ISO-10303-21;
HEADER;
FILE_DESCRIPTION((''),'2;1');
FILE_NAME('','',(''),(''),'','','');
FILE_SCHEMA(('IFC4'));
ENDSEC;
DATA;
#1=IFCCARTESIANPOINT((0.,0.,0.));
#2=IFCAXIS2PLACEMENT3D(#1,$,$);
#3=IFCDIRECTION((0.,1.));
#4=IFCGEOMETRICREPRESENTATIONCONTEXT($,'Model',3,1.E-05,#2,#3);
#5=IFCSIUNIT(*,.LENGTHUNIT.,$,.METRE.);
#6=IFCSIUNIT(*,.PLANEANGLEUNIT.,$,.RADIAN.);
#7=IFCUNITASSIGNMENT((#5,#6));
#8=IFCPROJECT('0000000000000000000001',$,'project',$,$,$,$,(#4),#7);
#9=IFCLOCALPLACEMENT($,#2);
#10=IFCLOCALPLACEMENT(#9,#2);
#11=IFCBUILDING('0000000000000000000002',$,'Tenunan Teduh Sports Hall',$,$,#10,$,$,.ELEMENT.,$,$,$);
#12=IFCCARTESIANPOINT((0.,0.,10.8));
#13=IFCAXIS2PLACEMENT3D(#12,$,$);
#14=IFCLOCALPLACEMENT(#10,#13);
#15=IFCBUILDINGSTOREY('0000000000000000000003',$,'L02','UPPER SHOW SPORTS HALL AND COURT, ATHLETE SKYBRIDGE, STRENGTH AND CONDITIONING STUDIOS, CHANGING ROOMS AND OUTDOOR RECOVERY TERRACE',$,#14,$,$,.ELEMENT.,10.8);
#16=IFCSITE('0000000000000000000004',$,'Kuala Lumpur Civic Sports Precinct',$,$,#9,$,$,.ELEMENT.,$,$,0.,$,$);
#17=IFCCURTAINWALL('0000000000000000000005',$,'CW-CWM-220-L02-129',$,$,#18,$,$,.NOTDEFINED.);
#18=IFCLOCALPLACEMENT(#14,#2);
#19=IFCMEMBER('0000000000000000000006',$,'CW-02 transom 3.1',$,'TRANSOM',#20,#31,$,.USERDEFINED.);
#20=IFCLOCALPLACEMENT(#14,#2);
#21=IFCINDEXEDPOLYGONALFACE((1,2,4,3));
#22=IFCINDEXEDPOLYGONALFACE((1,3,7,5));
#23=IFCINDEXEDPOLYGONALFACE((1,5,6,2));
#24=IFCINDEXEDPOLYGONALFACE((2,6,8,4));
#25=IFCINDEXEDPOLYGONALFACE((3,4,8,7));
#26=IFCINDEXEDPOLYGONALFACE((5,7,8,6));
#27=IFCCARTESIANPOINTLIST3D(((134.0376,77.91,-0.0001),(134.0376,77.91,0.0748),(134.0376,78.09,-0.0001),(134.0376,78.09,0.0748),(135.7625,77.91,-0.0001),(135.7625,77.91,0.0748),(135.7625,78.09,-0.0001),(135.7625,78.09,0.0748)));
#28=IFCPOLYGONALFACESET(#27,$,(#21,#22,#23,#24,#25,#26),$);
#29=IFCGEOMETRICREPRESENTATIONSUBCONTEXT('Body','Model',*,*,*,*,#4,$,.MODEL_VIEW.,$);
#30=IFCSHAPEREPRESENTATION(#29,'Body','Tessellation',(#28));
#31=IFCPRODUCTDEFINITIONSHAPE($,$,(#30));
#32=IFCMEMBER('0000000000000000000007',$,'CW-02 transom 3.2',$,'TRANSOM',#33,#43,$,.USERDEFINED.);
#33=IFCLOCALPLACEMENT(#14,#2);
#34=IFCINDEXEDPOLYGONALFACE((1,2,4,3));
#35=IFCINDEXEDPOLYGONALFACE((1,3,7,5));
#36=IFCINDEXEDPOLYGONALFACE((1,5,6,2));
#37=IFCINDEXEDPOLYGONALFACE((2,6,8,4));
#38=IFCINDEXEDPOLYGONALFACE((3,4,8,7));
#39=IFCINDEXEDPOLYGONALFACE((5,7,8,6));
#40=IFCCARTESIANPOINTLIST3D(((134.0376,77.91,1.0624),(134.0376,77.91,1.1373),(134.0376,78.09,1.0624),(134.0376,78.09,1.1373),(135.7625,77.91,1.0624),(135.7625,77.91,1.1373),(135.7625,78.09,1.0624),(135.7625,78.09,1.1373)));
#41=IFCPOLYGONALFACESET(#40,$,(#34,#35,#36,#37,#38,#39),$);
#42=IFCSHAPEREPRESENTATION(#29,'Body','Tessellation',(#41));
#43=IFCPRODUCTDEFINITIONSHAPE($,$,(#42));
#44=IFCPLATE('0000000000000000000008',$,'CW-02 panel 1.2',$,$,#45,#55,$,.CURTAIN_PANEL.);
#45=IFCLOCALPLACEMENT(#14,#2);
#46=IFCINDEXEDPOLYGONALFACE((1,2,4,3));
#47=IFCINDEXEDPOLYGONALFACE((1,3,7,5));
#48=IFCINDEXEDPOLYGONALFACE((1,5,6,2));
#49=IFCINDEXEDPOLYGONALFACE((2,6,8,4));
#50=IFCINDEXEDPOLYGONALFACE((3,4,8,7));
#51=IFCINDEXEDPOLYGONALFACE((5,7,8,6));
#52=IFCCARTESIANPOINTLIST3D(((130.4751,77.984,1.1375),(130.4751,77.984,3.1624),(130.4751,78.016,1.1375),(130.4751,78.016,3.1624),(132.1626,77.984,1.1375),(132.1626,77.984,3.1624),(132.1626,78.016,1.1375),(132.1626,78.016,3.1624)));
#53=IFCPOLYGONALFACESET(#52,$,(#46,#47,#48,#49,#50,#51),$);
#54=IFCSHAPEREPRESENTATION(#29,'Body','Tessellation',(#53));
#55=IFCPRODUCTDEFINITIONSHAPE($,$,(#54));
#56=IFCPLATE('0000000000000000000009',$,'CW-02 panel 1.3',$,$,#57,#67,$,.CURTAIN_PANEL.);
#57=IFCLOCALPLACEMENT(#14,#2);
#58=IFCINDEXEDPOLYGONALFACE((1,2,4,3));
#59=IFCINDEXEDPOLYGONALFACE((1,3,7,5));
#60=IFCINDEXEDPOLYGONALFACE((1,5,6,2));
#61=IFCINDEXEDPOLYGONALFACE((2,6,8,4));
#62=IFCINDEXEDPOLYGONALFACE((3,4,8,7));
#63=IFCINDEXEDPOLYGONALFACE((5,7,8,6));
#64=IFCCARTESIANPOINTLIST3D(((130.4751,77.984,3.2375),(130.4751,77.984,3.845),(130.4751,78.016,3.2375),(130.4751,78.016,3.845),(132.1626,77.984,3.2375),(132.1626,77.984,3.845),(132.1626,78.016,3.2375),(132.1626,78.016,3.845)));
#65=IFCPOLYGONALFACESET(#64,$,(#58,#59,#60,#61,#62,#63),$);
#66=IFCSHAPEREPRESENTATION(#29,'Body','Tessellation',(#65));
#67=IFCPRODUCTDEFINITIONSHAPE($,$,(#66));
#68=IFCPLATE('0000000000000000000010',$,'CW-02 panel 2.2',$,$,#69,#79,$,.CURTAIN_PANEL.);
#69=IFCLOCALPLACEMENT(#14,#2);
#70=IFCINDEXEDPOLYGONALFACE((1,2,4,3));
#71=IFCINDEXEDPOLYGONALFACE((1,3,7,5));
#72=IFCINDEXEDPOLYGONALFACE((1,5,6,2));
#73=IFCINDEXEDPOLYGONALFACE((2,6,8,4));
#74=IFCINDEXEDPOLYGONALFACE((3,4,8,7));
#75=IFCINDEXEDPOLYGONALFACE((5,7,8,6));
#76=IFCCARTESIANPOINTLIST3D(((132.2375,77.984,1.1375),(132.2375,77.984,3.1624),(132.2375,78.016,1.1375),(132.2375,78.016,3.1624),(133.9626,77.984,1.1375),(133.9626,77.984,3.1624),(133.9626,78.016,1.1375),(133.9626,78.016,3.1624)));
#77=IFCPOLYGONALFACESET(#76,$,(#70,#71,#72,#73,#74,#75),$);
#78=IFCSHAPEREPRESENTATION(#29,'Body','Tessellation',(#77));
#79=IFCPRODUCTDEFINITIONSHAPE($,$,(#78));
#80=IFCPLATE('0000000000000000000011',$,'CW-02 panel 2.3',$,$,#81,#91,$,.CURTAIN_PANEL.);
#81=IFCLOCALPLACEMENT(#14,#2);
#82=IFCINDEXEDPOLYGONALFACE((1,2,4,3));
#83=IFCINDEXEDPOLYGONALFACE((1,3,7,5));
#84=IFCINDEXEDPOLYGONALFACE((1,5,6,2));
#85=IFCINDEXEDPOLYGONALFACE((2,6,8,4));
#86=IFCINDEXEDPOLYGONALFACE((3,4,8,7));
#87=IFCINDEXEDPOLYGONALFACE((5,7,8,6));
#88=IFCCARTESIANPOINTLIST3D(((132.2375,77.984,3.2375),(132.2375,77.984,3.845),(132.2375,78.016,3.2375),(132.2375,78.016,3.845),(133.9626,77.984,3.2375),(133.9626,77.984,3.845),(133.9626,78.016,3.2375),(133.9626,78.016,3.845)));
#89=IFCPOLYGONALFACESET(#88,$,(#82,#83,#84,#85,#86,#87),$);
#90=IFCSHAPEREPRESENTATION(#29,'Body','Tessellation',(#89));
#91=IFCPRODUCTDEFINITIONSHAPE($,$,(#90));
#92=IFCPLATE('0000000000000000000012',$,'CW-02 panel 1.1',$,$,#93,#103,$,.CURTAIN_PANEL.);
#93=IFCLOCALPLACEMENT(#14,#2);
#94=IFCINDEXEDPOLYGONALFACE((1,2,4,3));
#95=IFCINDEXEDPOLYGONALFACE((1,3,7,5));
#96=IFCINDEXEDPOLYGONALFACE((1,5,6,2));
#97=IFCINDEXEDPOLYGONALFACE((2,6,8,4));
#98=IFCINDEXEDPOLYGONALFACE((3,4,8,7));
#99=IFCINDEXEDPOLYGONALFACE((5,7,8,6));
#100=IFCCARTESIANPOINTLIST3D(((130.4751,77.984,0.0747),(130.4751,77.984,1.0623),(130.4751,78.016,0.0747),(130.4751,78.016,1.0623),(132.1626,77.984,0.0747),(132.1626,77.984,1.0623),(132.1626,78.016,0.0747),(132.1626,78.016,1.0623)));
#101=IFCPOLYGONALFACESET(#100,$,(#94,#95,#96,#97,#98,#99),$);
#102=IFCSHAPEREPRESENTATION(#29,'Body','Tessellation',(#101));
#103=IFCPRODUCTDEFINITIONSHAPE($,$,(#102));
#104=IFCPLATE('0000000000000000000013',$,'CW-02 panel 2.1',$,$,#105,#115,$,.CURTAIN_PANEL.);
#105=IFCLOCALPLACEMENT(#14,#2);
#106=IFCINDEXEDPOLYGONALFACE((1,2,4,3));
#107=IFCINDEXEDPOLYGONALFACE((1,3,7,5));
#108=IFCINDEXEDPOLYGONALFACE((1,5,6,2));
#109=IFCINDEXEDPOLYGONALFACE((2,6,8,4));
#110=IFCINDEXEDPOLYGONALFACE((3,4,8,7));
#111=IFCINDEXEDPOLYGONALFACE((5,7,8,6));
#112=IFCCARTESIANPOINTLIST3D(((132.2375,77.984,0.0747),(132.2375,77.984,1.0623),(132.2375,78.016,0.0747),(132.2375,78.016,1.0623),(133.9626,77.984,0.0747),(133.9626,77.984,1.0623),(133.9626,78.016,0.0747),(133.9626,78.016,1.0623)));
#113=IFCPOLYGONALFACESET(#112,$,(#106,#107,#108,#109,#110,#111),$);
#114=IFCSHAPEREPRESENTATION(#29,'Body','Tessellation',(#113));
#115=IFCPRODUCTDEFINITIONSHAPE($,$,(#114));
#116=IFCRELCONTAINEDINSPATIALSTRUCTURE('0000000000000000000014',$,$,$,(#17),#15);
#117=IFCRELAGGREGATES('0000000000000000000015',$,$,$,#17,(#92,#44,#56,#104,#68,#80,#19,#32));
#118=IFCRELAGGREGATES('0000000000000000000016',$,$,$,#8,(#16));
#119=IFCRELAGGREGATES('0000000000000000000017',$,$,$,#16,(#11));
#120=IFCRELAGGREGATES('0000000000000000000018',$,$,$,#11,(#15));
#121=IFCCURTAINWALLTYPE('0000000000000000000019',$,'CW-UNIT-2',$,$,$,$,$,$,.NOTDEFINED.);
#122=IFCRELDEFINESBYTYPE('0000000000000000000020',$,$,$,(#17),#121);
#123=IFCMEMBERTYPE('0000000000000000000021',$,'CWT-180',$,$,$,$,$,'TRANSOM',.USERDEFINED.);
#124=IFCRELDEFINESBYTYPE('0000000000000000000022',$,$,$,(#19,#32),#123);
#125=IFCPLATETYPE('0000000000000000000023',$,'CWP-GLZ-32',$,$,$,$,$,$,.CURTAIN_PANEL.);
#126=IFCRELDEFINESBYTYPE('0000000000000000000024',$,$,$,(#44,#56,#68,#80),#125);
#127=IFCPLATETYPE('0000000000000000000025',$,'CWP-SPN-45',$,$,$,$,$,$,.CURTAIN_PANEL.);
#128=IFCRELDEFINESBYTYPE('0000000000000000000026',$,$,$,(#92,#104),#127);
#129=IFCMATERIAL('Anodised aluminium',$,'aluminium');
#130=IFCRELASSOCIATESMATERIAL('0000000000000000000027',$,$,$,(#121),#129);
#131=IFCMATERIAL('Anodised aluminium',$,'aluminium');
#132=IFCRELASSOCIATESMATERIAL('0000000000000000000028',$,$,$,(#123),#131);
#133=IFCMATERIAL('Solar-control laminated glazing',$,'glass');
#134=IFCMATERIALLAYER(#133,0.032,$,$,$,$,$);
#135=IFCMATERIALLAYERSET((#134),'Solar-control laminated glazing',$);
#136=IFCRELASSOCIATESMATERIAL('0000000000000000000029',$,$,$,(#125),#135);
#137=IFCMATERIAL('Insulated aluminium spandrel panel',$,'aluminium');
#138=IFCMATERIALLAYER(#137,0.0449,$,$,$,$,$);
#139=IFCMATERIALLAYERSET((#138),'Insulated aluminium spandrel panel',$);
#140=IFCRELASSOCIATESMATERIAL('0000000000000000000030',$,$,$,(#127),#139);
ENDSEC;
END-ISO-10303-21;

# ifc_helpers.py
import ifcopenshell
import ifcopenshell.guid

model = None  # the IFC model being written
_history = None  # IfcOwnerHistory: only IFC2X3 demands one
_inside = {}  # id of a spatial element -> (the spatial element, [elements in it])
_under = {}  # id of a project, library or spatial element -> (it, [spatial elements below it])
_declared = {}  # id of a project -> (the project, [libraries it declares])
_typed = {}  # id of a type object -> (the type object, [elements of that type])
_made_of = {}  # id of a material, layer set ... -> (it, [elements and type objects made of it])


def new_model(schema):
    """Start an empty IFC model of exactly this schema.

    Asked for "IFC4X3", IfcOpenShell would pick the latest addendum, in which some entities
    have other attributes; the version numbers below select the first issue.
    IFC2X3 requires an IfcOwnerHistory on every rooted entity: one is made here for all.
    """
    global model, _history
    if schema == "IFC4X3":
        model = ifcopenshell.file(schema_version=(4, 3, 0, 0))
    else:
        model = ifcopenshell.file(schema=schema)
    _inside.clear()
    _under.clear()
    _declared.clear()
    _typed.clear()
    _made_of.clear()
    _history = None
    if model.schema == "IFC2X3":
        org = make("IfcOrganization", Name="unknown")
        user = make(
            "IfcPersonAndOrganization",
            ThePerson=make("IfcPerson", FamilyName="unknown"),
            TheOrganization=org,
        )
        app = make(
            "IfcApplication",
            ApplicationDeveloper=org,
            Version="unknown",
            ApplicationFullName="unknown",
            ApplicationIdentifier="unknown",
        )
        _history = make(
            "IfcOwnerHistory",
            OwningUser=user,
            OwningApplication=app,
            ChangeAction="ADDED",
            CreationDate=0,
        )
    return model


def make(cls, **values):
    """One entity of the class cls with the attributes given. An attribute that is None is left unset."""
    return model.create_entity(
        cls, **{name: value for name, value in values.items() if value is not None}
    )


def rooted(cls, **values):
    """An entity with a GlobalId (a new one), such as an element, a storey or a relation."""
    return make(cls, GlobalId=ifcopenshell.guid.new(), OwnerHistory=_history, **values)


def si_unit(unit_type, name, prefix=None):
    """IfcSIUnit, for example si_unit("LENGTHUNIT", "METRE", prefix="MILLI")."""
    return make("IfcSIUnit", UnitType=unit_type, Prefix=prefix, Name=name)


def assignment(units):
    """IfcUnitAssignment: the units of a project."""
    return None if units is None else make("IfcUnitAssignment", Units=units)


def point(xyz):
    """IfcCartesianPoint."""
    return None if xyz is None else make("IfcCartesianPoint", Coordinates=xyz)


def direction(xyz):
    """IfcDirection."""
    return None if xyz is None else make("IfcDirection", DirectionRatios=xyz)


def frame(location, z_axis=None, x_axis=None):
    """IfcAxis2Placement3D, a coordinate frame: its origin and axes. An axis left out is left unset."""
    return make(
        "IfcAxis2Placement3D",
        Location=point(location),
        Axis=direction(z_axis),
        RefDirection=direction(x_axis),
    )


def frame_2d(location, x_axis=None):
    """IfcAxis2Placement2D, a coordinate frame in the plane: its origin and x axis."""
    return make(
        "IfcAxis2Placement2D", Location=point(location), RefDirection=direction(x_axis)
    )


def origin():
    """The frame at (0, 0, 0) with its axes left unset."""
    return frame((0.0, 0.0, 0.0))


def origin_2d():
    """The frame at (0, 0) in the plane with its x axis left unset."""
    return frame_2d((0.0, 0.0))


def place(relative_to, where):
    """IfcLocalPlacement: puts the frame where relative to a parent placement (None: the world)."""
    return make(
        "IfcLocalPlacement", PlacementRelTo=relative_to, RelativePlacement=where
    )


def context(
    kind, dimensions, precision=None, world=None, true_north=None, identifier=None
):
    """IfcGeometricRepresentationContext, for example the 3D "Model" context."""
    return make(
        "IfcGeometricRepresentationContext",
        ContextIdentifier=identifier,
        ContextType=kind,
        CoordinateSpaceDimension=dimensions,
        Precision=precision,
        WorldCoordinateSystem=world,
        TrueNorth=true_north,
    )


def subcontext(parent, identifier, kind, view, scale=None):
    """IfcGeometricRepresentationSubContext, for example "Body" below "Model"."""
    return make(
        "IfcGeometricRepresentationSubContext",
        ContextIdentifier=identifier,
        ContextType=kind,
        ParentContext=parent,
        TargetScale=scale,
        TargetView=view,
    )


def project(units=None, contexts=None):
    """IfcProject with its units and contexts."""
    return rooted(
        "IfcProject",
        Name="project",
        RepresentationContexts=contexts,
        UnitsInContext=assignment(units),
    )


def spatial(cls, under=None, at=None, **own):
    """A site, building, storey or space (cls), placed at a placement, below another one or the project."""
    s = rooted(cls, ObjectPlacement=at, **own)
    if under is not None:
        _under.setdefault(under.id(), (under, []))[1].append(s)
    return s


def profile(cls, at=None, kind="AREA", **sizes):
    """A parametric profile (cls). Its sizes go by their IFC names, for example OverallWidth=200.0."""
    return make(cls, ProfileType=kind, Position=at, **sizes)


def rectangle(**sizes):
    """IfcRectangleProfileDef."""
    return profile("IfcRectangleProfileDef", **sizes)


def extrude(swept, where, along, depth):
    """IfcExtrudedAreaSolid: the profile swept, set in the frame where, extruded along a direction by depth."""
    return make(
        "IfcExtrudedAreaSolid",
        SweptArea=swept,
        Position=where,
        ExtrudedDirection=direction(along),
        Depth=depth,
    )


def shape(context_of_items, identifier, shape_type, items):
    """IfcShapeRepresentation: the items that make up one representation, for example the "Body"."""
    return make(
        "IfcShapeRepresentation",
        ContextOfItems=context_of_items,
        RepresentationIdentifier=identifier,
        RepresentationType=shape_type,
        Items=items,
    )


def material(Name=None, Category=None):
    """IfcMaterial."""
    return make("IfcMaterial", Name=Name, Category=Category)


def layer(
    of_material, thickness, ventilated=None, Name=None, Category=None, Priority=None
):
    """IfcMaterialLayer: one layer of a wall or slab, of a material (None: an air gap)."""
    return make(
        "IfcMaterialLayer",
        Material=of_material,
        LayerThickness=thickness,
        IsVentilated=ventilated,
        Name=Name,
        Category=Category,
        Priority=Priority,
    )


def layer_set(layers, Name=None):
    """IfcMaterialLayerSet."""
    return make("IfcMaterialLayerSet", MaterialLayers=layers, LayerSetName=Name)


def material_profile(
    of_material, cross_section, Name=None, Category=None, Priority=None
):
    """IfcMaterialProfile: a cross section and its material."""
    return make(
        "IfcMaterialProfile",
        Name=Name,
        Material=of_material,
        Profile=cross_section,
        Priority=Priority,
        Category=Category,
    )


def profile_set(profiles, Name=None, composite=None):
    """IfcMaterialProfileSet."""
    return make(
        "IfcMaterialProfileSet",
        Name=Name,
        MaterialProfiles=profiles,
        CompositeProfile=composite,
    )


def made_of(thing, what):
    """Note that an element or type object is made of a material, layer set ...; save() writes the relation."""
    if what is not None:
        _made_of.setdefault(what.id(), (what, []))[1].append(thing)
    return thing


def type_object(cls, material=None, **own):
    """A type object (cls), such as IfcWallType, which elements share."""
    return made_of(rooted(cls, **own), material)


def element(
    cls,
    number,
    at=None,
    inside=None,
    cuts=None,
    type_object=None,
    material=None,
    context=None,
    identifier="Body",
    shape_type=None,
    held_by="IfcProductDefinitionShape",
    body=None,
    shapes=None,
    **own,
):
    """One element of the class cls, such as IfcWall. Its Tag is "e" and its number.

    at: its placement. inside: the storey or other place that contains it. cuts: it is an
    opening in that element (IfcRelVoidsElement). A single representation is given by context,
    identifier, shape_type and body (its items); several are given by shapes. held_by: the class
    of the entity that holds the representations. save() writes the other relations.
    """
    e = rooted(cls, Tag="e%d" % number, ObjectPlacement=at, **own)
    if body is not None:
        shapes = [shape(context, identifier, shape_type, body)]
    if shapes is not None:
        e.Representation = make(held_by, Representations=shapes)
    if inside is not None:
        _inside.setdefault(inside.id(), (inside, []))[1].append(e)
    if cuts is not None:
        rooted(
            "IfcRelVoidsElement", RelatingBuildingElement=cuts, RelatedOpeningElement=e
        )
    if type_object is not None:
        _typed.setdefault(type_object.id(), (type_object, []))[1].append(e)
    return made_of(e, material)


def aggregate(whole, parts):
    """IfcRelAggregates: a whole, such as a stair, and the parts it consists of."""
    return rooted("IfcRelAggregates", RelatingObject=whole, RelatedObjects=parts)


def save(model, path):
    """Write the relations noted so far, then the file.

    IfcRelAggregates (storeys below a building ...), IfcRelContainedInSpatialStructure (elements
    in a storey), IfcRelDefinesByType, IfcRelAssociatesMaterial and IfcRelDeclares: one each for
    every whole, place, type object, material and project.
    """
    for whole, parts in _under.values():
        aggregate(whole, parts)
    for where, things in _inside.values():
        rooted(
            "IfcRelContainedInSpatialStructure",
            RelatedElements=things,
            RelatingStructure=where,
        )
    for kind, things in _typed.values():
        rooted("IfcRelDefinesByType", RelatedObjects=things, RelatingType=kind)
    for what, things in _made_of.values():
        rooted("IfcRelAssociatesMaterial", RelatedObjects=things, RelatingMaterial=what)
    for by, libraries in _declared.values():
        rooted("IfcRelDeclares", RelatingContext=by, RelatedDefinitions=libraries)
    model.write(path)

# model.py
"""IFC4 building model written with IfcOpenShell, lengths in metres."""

from ifc_helpers import new_model, si_unit, direction, frame, origin, origin_2d, place, context, subcontext, project, spatial, rectangle, extrude, material, layer, layer_set, material_profile, profile_set, type_object, element, aggregate, save


model = new_model("IFC4")

# Units and contexts
model_context = context("Model", 3, precision=1e-05, world=origin(), true_north=direction((0.0, 1.0)))
body_context = subcontext(model_context, "Body", "Model", "MODEL_VIEW")
ifc_project = project(units=[si_unit("LENGTHUNIT", "METRE"), si_unit("PLANEANGLEUNIT", "RADIAN")], contexts=[model_context])

# Site, building, storey
site_placement = place(None, origin())
site = spatial("IfcSite", under=ifc_project, at=site_placement, Name="Kuala Lumpur Civic Sports Precinct", CompositionType="ELEMENT", RefElevation=0.0)
building_placement = place(site_placement, origin())
building = spatial("IfcBuilding", under=site, at=building_placement, Name="Tenunan Teduh Sports Hall", CompositionType="ELEMENT")
storey_placement = place(building_placement, frame((0.0, 0.0, 10.8)))
storey = spatial("IfcBuildingStorey", under=building, at=storey_placement, Name="L02", Description="UPPER SHOW SPORTS HALL AND COURT, ATHLETE SKYBRIDGE, STRENGTH AND CONDITIONING STUDIOS, CHANGING ROOMS AND OUTDOOR RECOVERY TERRACE", CompositionType="ELEMENT", Elevation=10.8)

# Shared definitions
ifc_material_1 = material(Name="Anodised aluminium", Category="aluminium")
curtain_wall_type = type_object("IfcCurtainWallType", Name="CW-UNIT-2", PredefinedType="NOTDEFINED", material=ifc_material_1)

# Curtain wall, members, plates
curtain_wall_1_placement = place(storey_placement, origin())
curtain_wall_1 = element("IfcCurtainWall", 1, at=curtain_wall_1_placement, inside=storey, type_object=curtain_wall_type, Name="CW-CWM-220-L02-129", PredefinedType="NOTDEFINED")
ifc_material_2 = material(Name="Anodised aluminium", Category="aluminium")
ifc_material_profile_1 = material_profile(ifc_material_2, rectangle(XDim=0.075, YDim=0.1799, at=origin_2d()), Name="CWT 75x180")
ifc_profile_set_1 = profile_set([ifc_material_profile_1], Name="Anodised aluminium")
member_type_1 = type_object("IfcMemberType", Name="CWT-180", ElementType="TRANSOM", PredefinedType="USERDEFINED", material=ifc_profile_set_1)
member_1_placement = place(storey_placement, frame((134.0376, 78.0, 0.0374), z_axis=(1.0, 0.0, 0.0), x_axis=(0.0, 0.0, 1.0)))
member_1 = element("IfcMember", 2, at=member_1_placement, type_object=member_type_1, Name="CW-02 transom 3.1", ObjectType="TRANSOM", PredefinedType="USERDEFINED", context=body_context, shape_type="SweptSolid", body=[
    extrude(rectangle(XDim=0.075, YDim=0.1799, at=origin_2d()), origin(), (0.0, 0.0, 1.0), 1.7249),
])
member_2_placement = place(storey_placement, frame((134.0376, 78.0, 1.0999), z_axis=(1.0, 0.0, 0.0), x_axis=(0.0, 0.0, 1.0)))
member_2 = element("IfcMember", 3, at=member_2_placement, type_object=member_type_1, Name="CW-02 transom 3.2", ObjectType="TRANSOM", PredefinedType="USERDEFINED", context=body_context, shape_type="SweptSolid", body=[
    extrude(rectangle(XDim=0.075, YDim=0.1799, at=origin_2d()), origin(), (0.0, 0.0, 1.0), 1.7249),
])
ifc_material_3 = material(Name="Solar-control laminated glazing", Category="glass")
ifc_layer_1 = layer(ifc_material_3, 0.032)
ifc_layer_set_1 = layer_set([ifc_layer_1], Name="Solar-control laminated glazing")
plate_type_1 = type_object("IfcPlateType", Name="CWP-GLZ-32", PredefinedType="CURTAIN_PANEL", material=ifc_layer_set_1)
plate_1_placement = place(storey_placement, frame((131.3188, 78.0, 1.1375), z_axis=(0.0, 0.0, 1.0), x_axis=(1.0, 0.0, 0.0)))
plate_1 = element("IfcPlate", 4, at=plate_1_placement, type_object=plate_type_1, Name="CW-02 panel 1.2", PredefinedType="CURTAIN_PANEL", context=body_context, shape_type="SweptSolid", body=[
    extrude(rectangle(XDim=1.6875, YDim=0.032, at=origin_2d()), origin(), (0.0, 0.0, 1.0), 2.0249),
])
plate_2_placement = place(storey_placement, frame((131.3188, 78.0, 3.2375), z_axis=(0.0, 0.0, 1.0), x_axis=(1.0, 0.0, 0.0)))
plate_2 = element("IfcPlate", 5, at=plate_2_placement, type_object=plate_type_1, Name="CW-02 panel 1.3", PredefinedType="CURTAIN_PANEL", context=body_context, shape_type="SweptSolid", body=[
    extrude(rectangle(XDim=1.6875, YDim=0.032, at=origin_2d()), origin(), (0.0, 0.0, 1.0), 0.6074),
])
plate_3_placement = place(storey_placement, frame((133.1001, 78.0, 1.1375), z_axis=(0.0, 0.0, 1.0), x_axis=(1.0, 0.0, 0.0)))
plate_3 = element("IfcPlate", 6, at=plate_3_placement, type_object=plate_type_1, Name="CW-02 panel 2.2", PredefinedType="CURTAIN_PANEL", context=body_context, shape_type="SweptSolid", body=[
    extrude(rectangle(XDim=1.7251, YDim=0.032, at=origin_2d()), origin(), (0.0, 0.0, 1.0), 2.0249),
])
plate_4_placement = place(storey_placement, frame((133.1001, 78.0, 3.2375), z_axis=(0.0, 0.0, 1.0), x_axis=(1.0, 0.0, 0.0)))
plate_4 = element("IfcPlate", 7, at=plate_4_placement, type_object=plate_type_1, Name="CW-02 panel 2.3", PredefinedType="CURTAIN_PANEL", context=body_context, shape_type="SweptSolid", body=[
    extrude(rectangle(XDim=1.7251, YDim=0.032, at=origin_2d()), origin(), (0.0, 0.0, 1.0), 0.6074),
])
ifc_material_4 = material(Name="Insulated aluminium spandrel panel", Category="aluminium")
ifc_layer_2 = layer(ifc_material_4, 0.0449)
ifc_layer_set_2 = layer_set([ifc_layer_2], Name="Insulated aluminium spandrel panel")
plate_type_2 = type_object("IfcPlateType", Name="CWP-SPN-45", PredefinedType="CURTAIN_PANEL", material=ifc_layer_set_2)
plate_5_placement = place(storey_placement, frame((131.3188, 78.0, 0.0747), z_axis=(0.0, 0.0, 1.0), x_axis=(1.0, 0.0, 0.0)))
plate_5 = element("IfcPlate", 8, at=plate_5_placement, type_object=plate_type_2, Name="CW-02 panel 1.1", PredefinedType="CURTAIN_PANEL", context=body_context, shape_type="SweptSolid", body=[
    extrude(rectangle(XDim=1.6875, YDim=0.032, at=origin_2d()), origin(), (0.0, 0.0, 1.0), 0.9875),
])
plate_6_placement = place(storey_placement, frame((133.1001, 78.0, 0.0747), z_axis=(0.0, 0.0, 1.0), x_axis=(1.0, 0.0, 0.0)))
plate_6 = element("IfcPlate", 9, at=plate_6_placement, type_object=plate_type_2, Name="CW-02 panel 2.1", PredefinedType="CURTAIN_PANEL", context=body_context, shape_type="SweptSolid", body=[
    extrude(rectangle(XDim=1.7251, YDim=0.032, at=origin_2d()), origin(), (0.0, 0.0, 1.0), 0.9875),
])
aggregate(curtain_wall_1, [plate_5, plate_1, plate_2, plate_6, plate_3, plate_4, member_1, member_2])

save(model, "model.ifc")
